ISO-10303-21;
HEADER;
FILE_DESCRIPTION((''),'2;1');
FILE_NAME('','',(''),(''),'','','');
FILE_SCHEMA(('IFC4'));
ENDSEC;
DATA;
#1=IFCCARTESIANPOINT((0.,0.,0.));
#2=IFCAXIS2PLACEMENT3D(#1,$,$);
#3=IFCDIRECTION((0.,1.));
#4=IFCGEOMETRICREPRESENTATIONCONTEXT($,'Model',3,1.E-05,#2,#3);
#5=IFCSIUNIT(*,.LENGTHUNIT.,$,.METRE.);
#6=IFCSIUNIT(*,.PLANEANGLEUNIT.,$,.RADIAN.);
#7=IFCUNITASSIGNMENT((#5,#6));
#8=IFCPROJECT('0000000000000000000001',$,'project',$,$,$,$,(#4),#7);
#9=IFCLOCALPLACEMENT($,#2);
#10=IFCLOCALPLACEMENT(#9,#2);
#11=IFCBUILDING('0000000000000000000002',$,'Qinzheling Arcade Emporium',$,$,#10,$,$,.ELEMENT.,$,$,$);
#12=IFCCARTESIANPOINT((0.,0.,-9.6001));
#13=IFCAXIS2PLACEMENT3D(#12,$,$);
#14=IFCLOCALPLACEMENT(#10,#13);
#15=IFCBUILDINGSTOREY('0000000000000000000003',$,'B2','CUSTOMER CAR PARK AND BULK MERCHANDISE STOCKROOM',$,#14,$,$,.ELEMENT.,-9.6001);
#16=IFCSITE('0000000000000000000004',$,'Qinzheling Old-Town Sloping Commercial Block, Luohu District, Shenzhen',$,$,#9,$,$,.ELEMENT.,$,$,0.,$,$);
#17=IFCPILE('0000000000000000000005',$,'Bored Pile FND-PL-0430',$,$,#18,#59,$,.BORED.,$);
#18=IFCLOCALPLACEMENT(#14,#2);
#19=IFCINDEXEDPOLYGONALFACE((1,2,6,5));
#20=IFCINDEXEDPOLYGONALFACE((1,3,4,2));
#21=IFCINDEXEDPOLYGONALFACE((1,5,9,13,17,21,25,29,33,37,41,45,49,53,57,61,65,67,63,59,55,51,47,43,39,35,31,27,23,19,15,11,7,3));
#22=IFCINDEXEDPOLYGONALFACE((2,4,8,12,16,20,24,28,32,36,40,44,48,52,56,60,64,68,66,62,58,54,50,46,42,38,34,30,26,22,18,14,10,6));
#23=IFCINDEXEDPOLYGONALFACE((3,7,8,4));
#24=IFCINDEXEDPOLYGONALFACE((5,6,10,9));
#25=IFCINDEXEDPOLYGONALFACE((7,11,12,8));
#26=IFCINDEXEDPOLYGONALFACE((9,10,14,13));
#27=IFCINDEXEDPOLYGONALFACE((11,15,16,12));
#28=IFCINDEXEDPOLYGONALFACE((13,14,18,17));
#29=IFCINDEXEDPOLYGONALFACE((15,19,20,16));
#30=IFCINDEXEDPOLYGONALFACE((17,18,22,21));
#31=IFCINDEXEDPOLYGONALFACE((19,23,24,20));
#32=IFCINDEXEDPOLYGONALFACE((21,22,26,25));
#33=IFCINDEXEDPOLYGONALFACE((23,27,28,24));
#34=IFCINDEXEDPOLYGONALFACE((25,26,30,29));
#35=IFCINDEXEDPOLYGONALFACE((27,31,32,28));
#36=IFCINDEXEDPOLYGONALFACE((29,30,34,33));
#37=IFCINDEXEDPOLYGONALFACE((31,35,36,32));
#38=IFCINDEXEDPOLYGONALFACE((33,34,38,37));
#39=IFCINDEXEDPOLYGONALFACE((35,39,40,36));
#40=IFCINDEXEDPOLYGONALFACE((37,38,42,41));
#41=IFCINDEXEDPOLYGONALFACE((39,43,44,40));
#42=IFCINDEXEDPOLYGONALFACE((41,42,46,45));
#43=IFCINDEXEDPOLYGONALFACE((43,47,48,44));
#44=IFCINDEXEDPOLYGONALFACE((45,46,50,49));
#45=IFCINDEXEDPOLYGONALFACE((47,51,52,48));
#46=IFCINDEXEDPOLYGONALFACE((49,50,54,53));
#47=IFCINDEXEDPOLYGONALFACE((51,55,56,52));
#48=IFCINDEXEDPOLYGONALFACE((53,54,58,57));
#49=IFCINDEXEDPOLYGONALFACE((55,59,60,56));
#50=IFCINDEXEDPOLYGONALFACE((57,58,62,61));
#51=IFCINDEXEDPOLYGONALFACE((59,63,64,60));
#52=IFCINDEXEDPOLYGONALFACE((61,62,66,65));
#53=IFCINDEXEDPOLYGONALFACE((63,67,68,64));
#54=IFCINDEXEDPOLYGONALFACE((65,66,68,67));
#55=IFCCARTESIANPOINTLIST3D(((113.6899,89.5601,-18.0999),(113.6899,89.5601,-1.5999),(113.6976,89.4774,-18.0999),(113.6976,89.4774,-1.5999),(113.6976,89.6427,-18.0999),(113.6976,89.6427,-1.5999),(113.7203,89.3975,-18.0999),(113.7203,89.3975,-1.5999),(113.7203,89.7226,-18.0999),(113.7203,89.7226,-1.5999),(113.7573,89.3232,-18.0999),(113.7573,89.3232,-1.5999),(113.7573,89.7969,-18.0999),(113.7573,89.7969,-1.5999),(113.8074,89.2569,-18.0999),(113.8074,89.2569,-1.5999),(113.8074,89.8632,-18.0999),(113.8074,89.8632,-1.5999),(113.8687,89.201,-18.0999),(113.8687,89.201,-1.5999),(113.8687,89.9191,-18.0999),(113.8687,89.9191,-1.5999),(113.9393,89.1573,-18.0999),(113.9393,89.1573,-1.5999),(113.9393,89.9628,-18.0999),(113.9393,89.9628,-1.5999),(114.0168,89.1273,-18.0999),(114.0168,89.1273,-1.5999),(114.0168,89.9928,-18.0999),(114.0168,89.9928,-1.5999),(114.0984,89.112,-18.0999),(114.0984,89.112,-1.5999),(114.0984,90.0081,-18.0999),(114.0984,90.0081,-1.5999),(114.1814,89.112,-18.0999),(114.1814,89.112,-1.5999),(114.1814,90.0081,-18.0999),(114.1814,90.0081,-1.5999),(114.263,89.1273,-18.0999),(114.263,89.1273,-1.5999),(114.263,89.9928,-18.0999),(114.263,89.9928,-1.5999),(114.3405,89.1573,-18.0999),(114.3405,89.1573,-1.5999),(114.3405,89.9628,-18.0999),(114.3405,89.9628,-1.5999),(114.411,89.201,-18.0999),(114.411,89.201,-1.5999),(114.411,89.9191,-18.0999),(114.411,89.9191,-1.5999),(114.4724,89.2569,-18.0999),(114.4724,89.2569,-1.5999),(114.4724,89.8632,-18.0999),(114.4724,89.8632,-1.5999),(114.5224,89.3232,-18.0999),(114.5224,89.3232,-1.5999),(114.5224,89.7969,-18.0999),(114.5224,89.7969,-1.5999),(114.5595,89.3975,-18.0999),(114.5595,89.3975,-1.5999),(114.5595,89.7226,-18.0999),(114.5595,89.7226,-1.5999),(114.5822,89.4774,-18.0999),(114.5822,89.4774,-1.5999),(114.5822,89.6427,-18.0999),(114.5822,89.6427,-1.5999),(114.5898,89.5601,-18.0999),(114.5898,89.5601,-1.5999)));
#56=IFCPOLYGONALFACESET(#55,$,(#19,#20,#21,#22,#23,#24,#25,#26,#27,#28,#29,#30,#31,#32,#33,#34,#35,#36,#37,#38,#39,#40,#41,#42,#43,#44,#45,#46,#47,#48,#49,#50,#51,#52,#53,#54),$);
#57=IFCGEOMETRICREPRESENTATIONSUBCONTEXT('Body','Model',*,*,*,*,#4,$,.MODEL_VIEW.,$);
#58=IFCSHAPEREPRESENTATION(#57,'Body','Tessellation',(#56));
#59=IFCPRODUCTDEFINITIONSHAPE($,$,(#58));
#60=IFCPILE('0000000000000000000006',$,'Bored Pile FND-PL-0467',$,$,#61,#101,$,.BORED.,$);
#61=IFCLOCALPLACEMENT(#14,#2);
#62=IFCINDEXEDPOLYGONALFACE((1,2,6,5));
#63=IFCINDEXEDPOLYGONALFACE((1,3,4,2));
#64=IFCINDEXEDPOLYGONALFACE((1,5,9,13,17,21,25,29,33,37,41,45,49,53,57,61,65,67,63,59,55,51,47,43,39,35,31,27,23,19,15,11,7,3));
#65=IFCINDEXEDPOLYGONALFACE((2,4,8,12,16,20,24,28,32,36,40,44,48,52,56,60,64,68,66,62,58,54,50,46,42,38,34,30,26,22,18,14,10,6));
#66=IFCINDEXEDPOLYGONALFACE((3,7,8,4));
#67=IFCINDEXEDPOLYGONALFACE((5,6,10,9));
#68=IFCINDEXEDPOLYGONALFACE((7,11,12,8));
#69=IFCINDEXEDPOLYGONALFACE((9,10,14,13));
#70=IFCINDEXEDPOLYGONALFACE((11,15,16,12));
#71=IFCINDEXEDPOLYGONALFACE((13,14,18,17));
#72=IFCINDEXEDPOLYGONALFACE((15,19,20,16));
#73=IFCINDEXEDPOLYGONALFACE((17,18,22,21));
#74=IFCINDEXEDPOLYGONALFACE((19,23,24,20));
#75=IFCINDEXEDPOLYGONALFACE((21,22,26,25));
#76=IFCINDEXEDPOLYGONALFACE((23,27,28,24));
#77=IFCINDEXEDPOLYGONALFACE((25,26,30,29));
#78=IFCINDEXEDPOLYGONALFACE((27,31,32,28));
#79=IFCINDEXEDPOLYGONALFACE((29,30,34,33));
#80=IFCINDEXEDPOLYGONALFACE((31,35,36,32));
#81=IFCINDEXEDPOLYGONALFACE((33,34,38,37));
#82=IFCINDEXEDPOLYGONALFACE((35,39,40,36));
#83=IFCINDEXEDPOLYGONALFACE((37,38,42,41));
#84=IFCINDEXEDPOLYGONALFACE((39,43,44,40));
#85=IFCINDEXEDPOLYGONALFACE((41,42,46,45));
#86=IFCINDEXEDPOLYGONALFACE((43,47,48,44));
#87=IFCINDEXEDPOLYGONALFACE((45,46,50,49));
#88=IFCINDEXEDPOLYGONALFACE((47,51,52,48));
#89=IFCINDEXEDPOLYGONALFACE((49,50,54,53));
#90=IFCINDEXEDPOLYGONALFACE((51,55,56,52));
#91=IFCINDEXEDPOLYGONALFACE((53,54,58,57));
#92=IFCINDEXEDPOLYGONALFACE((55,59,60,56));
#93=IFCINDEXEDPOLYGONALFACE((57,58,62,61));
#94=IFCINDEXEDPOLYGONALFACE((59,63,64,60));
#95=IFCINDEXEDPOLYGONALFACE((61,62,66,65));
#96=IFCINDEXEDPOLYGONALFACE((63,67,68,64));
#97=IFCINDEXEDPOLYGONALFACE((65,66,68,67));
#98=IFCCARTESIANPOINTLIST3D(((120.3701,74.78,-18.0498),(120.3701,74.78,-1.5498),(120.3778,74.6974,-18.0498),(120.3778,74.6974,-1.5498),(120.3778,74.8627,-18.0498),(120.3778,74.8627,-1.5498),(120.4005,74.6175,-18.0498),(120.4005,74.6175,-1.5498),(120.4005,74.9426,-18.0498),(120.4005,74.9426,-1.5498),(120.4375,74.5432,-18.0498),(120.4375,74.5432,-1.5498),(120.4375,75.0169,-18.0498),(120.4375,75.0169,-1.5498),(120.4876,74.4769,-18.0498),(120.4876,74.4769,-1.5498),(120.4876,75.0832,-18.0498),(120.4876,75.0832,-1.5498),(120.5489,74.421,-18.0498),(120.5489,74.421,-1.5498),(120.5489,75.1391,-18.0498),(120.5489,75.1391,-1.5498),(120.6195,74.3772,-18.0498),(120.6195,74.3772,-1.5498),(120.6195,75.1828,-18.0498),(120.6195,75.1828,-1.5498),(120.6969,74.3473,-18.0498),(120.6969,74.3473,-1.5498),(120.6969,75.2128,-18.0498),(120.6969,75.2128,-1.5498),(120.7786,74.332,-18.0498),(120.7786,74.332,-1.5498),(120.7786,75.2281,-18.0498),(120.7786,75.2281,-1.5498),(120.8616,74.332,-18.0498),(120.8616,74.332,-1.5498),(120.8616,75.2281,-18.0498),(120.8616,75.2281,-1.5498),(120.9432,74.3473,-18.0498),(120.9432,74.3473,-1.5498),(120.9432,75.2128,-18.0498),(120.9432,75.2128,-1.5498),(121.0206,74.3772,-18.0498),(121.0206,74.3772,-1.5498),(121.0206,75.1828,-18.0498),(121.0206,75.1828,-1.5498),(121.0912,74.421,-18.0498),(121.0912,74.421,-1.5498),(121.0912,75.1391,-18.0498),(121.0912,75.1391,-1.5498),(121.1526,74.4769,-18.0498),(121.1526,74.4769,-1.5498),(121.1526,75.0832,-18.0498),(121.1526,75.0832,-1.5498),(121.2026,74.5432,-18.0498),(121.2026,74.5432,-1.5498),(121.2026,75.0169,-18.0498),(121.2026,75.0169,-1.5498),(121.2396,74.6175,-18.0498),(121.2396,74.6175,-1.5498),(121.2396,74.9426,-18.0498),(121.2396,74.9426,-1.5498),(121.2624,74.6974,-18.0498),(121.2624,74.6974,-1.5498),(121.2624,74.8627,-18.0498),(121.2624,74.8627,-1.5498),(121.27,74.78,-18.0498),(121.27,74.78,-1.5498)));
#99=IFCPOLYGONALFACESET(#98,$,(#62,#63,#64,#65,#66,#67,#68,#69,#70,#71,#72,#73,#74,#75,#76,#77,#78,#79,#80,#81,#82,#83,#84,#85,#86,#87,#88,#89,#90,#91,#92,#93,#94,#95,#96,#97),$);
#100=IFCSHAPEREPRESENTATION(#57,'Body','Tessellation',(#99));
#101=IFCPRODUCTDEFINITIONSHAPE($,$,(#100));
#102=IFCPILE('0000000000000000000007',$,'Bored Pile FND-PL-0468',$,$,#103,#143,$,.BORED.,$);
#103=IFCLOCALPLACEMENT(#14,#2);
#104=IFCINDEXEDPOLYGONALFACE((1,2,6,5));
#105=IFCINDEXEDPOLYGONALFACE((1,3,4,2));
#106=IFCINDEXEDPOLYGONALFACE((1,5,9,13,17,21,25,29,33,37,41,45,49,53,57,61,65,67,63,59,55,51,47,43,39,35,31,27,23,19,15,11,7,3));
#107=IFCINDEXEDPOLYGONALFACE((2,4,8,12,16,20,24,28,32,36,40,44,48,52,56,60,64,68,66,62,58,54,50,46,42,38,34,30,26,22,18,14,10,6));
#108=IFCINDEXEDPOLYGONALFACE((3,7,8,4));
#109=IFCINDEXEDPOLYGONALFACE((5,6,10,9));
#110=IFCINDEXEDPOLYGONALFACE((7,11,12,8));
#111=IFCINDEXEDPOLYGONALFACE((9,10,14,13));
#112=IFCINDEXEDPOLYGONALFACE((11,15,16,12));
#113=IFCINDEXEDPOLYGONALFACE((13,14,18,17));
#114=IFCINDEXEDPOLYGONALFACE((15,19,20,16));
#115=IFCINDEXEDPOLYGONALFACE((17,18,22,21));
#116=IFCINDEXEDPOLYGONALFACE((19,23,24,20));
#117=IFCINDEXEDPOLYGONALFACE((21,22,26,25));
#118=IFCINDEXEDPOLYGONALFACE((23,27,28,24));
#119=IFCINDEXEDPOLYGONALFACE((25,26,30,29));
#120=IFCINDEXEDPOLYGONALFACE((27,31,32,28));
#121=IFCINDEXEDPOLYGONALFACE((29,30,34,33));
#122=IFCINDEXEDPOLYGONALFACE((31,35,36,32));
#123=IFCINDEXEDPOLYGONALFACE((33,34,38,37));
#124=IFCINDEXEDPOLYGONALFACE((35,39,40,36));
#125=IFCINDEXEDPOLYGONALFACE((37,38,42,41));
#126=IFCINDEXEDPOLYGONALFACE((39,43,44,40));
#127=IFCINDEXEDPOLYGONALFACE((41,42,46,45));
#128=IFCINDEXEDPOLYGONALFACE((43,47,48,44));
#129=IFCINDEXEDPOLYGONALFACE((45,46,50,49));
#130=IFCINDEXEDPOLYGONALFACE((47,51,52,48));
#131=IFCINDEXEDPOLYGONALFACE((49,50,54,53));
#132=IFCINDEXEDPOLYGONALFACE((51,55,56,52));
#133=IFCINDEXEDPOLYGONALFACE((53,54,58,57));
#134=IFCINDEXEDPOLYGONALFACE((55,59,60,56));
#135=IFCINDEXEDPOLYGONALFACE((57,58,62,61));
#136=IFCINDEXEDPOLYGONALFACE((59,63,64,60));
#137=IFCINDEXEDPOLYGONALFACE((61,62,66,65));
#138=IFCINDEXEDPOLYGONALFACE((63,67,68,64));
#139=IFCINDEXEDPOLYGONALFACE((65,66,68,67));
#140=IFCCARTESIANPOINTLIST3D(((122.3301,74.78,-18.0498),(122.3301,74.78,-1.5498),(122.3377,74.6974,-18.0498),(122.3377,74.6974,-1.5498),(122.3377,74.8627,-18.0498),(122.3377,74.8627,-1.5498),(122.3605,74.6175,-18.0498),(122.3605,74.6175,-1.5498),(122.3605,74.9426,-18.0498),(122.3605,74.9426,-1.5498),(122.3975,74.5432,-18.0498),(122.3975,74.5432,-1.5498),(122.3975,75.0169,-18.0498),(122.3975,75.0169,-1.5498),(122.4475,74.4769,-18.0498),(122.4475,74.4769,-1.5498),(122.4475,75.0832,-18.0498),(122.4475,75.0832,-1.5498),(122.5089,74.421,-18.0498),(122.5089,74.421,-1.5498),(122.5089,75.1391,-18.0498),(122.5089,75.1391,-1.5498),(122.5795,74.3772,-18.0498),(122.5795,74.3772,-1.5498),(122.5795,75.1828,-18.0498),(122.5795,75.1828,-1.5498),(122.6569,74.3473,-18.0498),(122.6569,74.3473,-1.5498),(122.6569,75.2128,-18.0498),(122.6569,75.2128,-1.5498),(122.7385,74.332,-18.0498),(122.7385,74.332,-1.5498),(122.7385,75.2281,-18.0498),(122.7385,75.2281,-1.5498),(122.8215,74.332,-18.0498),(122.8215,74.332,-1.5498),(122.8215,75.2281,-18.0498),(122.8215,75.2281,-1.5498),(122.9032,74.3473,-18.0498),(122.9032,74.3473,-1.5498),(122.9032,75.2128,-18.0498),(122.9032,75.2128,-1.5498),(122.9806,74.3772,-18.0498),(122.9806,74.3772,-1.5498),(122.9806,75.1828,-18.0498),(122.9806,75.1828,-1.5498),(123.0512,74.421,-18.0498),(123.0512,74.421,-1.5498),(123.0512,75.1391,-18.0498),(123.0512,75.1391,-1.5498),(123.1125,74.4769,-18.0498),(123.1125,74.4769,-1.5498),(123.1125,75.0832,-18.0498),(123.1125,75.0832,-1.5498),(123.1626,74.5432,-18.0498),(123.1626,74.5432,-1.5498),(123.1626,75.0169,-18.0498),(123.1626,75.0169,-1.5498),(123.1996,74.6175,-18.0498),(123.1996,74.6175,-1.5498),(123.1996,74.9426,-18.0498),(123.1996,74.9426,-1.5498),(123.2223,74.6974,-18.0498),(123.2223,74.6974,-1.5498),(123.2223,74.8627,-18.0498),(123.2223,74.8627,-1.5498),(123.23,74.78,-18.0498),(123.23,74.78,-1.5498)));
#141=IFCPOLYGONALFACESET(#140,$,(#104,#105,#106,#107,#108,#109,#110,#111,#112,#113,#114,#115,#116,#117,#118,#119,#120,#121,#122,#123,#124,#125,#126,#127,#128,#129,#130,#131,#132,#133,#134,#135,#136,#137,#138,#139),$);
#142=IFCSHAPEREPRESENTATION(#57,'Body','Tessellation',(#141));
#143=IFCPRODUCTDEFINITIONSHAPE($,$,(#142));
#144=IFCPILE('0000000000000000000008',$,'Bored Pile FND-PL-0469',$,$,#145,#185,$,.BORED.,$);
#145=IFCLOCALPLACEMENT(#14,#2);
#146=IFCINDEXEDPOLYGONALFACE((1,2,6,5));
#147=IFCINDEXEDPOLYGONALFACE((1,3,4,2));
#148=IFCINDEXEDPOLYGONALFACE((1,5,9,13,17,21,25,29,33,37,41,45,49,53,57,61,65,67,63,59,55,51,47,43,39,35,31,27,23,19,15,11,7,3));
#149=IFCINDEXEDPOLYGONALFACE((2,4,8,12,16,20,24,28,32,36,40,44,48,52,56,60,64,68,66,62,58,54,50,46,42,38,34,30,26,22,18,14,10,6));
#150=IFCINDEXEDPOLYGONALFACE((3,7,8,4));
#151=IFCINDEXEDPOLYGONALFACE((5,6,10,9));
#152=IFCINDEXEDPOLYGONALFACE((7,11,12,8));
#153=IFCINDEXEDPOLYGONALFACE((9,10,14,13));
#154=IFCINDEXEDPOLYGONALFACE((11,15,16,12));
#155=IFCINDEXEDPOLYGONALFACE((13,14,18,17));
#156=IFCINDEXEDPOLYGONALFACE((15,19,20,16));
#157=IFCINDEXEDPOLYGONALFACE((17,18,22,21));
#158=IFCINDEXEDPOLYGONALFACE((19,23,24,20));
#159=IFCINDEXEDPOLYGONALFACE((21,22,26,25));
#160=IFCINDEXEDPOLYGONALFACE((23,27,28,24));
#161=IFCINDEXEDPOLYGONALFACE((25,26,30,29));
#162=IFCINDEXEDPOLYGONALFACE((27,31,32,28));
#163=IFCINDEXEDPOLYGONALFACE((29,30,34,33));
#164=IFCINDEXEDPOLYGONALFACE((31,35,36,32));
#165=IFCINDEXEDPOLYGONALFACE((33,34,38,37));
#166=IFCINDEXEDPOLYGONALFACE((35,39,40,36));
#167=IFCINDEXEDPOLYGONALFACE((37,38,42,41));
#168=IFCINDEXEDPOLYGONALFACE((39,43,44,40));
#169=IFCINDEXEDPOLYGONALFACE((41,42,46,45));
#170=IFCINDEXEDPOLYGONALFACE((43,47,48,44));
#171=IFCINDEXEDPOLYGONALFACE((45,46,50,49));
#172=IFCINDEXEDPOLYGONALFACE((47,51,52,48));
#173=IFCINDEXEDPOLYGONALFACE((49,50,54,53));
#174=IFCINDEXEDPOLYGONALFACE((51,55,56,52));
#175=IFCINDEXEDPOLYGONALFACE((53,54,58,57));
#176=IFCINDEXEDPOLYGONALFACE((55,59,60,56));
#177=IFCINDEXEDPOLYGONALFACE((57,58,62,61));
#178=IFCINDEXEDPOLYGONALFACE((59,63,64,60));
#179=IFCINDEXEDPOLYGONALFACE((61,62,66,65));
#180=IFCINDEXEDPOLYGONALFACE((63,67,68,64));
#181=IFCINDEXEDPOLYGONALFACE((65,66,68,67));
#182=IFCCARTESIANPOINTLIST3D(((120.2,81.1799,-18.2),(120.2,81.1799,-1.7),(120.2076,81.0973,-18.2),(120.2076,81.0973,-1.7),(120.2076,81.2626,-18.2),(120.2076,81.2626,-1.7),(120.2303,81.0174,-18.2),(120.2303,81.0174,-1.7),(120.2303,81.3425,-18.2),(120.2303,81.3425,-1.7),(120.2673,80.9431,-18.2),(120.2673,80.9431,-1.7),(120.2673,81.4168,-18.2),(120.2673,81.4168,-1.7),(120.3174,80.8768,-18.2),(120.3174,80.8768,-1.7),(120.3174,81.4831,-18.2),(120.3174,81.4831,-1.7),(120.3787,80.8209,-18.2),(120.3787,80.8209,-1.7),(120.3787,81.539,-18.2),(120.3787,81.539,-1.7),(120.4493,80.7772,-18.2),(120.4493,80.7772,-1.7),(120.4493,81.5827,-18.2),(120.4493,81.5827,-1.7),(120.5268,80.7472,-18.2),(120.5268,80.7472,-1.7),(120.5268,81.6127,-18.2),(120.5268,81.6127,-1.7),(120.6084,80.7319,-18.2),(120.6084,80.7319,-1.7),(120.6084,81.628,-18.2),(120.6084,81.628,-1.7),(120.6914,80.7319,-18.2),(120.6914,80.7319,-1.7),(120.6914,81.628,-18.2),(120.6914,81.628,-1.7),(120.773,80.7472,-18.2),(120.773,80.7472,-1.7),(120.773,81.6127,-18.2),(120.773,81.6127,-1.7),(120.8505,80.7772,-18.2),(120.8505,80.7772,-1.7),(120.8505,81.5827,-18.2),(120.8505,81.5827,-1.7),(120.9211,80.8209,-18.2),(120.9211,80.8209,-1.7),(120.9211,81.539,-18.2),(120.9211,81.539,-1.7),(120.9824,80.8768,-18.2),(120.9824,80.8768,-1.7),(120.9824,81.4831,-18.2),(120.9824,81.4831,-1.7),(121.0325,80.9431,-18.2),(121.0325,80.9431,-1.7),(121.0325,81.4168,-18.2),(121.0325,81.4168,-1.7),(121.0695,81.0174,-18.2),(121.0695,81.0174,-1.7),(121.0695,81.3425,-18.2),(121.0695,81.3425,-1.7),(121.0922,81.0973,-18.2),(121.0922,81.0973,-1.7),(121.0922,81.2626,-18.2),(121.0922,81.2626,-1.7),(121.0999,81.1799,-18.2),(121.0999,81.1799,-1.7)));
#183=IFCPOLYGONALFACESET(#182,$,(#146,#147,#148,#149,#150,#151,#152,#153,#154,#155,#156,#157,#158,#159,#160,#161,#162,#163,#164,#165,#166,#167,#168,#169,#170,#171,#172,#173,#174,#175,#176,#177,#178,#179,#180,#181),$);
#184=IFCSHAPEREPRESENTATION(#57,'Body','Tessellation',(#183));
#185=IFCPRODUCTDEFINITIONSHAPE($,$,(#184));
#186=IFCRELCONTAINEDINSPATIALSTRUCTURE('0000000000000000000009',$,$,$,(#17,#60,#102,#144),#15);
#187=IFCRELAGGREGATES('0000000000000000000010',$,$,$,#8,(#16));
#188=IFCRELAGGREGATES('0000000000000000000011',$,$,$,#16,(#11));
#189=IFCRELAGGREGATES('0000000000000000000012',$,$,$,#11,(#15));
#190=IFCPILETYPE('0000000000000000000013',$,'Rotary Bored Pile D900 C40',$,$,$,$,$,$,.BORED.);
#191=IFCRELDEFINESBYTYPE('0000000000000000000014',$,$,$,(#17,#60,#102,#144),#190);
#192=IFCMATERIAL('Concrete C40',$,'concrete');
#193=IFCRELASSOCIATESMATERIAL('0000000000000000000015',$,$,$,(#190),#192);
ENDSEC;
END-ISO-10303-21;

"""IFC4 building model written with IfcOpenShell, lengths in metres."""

from ifc_helpers import new_model, si_unit, direction, frame, origin, origin_2d, place, context, subcontext, project, spatial, circle, extrude, material, material_profile, profile_set, type_object, element, save


model = new_model("IFC4")

# Units and contexts
model_context = context("Model", 3, precision=1e-05, world=origin(), true_north=direction((0.0, 1.0)))
body_context = subcontext(model_context, "Body", "Model", "MODEL_VIEW")
ifc_project = project(units=[si_unit("LENGTHUNIT", "METRE"), si_unit("PLANEANGLEUNIT", "RADIAN")], contexts=[model_context])

# Site, building, storey
site_placement = place(None, origin())
site = spatial("IfcSite", under=ifc_project, at=site_placement, Name="Qinzheling Old-Town Sloping Commercial Block, Luohu District, Shenzhen", CompositionType="ELEMENT", RefElevation=0.0)
building_placement = place(site_placement, origin())
building = spatial("IfcBuilding", under=site, at=building_placement, Name="Qinzheling Arcade Emporium", CompositionType="ELEMENT")
storey_placement = place(building_placement, frame((0.0, 0.0, -9.6001)))
storey = spatial("IfcBuildingStorey", under=building, at=storey_placement, Name="B2", Description="CUSTOMER CAR PARK AND BULK MERCHANDISE STOCKROOM", CompositionType="ELEMENT", Elevation=-9.6001)

# Shared definitions
ifc_material_1 = material(Name="Concrete C40", Category="concrete")

# Piles
ifc_material_profile_1 = material_profile(ifc_material_1, circle(Radius=0.45, at=origin_2d()), Name="BORED D900", Category="concrete")
ifc_profile_set_1 = profile_set([ifc_material_profile_1], Name="Concrete C40")
pile_type_1 = type_object("IfcPileType", Name="Rotary Bored Pile D900 C40", PredefinedType="BORED", material=ifc_profile_set_1)
for number, where, z_axis, x_axis, name in (
    (1, (114.1399, 89.5601, -1.5999), (0.0, 0.0, -1.0), (1.0, 0.0, 0.0), "Bored Pile FND-PL-0430"),
    (2, (120.8201, 74.78, -1.5498), (0.0, 0.0, -1.0), (1.0, 0.0, 0.0), "Bored Pile FND-PL-0467"),
    (3, (122.78, 74.78, -1.5498), (0.0, 0.0, -1.0), (1.0, 0.0, 0.0), "Bored Pile FND-PL-0468"),
    (4, (120.6499, 81.1799, -1.7), (0.0, 0.0, -1.0), (1.0, 0.0, 0.0), "Bored Pile FND-PL-0469"),
):
    element("IfcPile", number, at=place(storey_placement, frame(where, z_axis=z_axis, x_axis=x_axis)), inside=storey, type_object=pile_type_1, Name=name, PredefinedType="BORED", context=body_context, shape_type="SweptSolid", body=[
        extrude(circle(Radius=0.45, at=origin_2d()), origin(), (0.0, 0.0, 1.0), 16.5),
    ])

save(model, "model.ifc")
